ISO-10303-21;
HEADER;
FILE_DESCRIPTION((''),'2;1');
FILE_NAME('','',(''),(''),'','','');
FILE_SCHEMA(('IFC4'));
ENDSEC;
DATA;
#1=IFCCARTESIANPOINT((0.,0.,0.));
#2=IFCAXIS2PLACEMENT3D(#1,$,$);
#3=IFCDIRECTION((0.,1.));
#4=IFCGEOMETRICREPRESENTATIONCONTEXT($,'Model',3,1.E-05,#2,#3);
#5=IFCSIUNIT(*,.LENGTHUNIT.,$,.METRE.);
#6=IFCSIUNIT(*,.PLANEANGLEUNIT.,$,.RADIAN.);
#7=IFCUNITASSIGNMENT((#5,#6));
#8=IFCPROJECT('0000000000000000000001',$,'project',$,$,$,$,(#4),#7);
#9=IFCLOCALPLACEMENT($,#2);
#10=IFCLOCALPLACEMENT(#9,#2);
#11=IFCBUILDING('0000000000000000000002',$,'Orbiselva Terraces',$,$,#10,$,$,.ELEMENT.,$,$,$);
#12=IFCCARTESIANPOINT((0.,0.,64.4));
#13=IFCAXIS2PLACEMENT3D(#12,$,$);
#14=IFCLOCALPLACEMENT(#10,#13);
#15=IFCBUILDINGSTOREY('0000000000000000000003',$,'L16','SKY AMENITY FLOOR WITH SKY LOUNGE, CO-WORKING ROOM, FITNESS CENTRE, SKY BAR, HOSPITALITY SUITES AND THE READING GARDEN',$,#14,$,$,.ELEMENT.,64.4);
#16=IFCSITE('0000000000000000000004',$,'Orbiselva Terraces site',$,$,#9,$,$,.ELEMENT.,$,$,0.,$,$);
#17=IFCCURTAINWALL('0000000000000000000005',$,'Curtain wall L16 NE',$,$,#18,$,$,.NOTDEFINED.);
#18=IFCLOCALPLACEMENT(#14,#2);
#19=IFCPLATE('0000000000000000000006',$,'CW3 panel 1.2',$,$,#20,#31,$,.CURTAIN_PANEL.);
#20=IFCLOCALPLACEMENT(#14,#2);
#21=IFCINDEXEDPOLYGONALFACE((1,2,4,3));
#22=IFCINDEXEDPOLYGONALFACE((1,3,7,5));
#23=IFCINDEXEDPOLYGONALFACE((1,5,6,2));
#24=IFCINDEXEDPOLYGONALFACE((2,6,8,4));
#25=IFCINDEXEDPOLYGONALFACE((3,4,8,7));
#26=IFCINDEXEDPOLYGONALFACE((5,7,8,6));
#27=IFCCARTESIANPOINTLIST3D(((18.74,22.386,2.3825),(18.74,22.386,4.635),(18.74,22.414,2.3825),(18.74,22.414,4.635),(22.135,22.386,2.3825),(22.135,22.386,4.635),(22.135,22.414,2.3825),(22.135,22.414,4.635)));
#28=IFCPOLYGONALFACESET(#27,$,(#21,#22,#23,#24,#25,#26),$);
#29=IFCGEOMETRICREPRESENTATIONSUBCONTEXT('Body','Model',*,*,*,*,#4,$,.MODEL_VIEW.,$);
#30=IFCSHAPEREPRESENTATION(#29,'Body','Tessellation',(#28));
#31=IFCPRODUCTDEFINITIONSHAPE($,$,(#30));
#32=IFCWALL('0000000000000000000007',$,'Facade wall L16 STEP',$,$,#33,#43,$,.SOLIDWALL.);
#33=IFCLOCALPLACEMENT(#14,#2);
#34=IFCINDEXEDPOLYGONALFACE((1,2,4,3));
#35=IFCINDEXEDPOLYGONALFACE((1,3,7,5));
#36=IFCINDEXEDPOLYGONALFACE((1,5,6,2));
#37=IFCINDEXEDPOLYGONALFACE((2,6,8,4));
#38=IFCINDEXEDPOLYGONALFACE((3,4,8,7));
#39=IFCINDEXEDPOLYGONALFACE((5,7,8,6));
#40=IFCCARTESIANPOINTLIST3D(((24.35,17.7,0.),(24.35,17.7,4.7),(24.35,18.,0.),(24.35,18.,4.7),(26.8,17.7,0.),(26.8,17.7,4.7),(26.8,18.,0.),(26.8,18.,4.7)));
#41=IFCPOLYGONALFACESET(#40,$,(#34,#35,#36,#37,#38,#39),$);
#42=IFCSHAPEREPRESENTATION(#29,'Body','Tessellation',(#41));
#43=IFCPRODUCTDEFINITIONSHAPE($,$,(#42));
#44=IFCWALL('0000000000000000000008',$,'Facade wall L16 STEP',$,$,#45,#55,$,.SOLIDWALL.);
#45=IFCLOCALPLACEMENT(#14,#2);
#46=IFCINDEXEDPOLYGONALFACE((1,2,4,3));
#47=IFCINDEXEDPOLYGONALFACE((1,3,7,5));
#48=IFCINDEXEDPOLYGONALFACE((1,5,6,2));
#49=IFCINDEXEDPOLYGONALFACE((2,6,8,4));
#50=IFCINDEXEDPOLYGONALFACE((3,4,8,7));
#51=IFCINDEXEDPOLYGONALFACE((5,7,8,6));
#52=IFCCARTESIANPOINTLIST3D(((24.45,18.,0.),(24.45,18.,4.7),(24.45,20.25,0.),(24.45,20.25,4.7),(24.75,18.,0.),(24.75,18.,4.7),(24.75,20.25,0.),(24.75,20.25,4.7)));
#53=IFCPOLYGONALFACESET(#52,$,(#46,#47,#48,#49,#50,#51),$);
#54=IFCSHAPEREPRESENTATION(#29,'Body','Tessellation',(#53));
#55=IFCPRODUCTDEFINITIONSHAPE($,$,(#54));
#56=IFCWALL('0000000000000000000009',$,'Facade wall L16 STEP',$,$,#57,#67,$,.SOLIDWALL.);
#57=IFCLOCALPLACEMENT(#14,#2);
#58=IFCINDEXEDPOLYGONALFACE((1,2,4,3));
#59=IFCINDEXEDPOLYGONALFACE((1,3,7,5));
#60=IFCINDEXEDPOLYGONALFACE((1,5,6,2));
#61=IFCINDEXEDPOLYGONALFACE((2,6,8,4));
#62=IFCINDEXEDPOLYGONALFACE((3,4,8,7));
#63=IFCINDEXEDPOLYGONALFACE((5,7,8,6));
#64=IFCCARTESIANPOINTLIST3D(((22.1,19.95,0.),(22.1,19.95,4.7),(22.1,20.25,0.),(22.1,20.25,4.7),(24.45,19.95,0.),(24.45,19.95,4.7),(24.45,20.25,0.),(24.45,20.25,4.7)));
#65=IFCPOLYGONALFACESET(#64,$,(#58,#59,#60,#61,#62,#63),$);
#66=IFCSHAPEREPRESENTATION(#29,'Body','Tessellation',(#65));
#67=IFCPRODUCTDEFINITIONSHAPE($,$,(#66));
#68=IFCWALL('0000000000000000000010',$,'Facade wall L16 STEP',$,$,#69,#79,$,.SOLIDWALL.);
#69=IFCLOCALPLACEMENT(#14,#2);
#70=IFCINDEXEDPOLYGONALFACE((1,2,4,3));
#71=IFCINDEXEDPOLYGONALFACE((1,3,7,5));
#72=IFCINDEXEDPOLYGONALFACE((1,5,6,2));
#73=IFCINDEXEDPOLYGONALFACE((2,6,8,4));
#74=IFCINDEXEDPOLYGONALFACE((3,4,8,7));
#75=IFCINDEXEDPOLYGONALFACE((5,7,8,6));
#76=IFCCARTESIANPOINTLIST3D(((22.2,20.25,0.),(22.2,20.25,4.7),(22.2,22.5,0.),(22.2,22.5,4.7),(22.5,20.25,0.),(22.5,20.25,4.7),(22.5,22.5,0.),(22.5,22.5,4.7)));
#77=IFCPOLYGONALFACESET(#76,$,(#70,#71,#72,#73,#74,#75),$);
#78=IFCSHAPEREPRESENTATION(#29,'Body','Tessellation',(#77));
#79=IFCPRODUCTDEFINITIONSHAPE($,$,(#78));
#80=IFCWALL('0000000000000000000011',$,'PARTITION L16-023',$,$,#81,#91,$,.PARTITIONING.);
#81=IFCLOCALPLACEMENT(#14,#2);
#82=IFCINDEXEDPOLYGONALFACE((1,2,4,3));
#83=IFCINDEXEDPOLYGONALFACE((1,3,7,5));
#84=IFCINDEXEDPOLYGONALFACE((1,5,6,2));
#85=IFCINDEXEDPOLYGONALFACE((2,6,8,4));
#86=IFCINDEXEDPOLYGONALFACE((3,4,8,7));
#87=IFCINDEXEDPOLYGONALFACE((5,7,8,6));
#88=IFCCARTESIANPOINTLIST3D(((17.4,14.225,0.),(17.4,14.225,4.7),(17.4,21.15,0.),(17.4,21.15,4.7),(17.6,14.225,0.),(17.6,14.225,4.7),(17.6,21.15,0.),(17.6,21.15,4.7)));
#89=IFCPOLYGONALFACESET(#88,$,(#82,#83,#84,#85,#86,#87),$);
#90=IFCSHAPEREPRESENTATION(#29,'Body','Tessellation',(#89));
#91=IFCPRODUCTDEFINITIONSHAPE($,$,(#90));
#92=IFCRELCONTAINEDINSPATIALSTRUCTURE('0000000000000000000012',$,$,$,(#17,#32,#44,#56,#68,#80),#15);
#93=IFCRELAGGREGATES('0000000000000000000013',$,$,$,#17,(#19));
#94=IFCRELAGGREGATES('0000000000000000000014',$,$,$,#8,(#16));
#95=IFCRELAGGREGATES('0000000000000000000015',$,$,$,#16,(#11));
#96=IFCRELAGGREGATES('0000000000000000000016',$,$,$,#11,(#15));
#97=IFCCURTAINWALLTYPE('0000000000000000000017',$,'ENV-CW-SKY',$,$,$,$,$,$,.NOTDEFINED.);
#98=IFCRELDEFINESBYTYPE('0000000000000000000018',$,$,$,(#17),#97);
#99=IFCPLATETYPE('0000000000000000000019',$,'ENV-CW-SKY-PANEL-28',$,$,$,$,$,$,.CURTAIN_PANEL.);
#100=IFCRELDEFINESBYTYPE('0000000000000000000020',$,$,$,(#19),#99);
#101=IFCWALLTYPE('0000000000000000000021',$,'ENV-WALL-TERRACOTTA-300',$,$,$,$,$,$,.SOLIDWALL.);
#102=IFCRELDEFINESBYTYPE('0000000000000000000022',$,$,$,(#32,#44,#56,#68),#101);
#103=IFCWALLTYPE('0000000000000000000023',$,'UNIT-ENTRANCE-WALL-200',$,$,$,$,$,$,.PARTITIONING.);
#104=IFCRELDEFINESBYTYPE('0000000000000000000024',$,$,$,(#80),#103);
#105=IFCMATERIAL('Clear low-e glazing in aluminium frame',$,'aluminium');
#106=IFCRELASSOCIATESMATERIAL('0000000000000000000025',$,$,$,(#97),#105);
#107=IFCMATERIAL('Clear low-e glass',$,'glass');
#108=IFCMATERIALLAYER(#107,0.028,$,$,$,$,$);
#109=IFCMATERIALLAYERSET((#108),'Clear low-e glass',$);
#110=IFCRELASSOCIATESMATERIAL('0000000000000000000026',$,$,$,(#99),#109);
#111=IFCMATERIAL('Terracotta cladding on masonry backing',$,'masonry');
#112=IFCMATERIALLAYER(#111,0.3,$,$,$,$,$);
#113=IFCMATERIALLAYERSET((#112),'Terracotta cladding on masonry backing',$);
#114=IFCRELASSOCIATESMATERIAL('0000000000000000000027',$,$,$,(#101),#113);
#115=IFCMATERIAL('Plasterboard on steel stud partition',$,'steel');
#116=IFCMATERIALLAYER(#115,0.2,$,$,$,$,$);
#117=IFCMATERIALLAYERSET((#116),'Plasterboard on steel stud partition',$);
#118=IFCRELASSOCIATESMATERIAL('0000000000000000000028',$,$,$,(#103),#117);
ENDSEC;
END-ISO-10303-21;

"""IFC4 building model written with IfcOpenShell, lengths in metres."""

from ifc_helpers import new_model, si_unit, direction, frame, frame_2d, origin, origin_2d, place, context, subcontext, project, spatial, rectangle, extrude, material, layer, layer_set, type_object, element, aggregate, save


model = new_model("IFC4")

# Units and contexts
model_context = context("Model", 3, precision=1e-05, world=origin(), true_north=direction((0.0, 1.0)))
body_context = subcontext(model_context, "Body", "Model", "MODEL_VIEW")
ifc_project = project(units=[si_unit("LENGTHUNIT", "METRE"), si_unit("PLANEANGLEUNIT", "RADIAN")], contexts=[model_context])

# Site, building, storey
site_placement = place(None, origin())
site = spatial("IfcSite", under=ifc_project, at=site_placement, Name="Orbiselva Terraces site", CompositionType="ELEMENT", RefElevation=0.0)
building_placement = place(site_placement, origin())
building = spatial("IfcBuilding", under=site, at=building_placement, Name="Orbiselva Terraces", CompositionType="ELEMENT")
storey_placement = place(building_placement, frame((0.0, 0.0, 64.4)))
storey = spatial("IfcBuildingStorey", under=building, at=storey_placement, Name="L16", Description="SKY AMENITY FLOOR WITH SKY LOUNGE, CO-WORKING ROOM, FITNESS CENTRE, SKY BAR, HOSPITALITY SUITES AND THE READING GARDEN", CompositionType="ELEMENT", Elevation=64.4)

# Shared definitions
ifc_material_1 = material(Name="Clear low-e glazing in aluminium frame", Category="aluminium")
curtain_wall_type = type_object("IfcCurtainWallType", Name="ENV-CW-SKY", PredefinedType="NOTDEFINED", material=ifc_material_1)

# Curtain wall
curtain_wall_1_placement = place(storey_placement, origin())
curtain_wall_1 = element("IfcCurtainWall", 1, at=curtain_wall_1_placement, inside=storey, type_object=curtain_wall_type, Name="Curtain wall L16 NE", PredefinedType="NOTDEFINED")

# Plate
ifc_material_2 = material(Name="Clear low-e glass", Category="glass")
ifc_layer_1 = layer(ifc_material_2, 0.028)
ifc_layer_set_1 = layer_set([ifc_layer_1], Name="Clear low-e glass")
plate_type = type_object("IfcPlateType", Name="ENV-CW-SKY-PANEL-28", PredefinedType="CURTAIN_PANEL", material=ifc_layer_set_1)
plate_1_placement = place(storey_placement, frame((20.4375, 22.4, 2.3825), z_axis=(0.0, 0.0, 1.0), x_axis=(-1.0, 0.0, 0.0)))
plate_1 = element("IfcPlate", 2, at=plate_1_placement, type_object=plate_type, Name="CW3 panel 1.2", PredefinedType="CURTAIN_PANEL", context=body_context, shape_type="SweptSolid", body=[
    extrude(rectangle(XDim=3.395, YDim=0.028, at=origin_2d()), origin(), (0.0, 0.0, 1.0), 2.2525),
])
aggregate(curtain_wall_1, [plate_1])

# Walls
ifc_material_3 = material(Name="Terracotta cladding on masonry backing", Category="masonry")
ifc_layer_2 = layer(ifc_material_3, 0.3)
ifc_layer_set_2 = layer_set([ifc_layer_2], Name="Terracotta cladding on masonry backing")
wall_type_1 = type_object("IfcWallType", Name="ENV-WALL-TERRACOTTA-300", PredefinedType="SOLIDWALL", material=ifc_layer_set_2)
wall_1_placement = place(storey_placement, frame((24.35, 17.85, 0.0), z_axis=(0.0, 0.0, 1.0), x_axis=(1.0, 0.0, 0.0)))
element("IfcWall", 3, at=wall_1_placement, inside=storey, type_object=wall_type_1, Name="Facade wall L16 STEP", PredefinedType="SOLIDWALL", context=body_context, shape_type="SweptSolid", body=[
    extrude(rectangle(XDim=2.45, YDim=0.3, at=frame_2d((1.225, 0.0))), origin(), (0.0, 0.0, 1.0), 4.7),
])
wall_2_placement = place(storey_placement, frame((24.6, 20.25, 0.0), z_axis=(0.0, 0.0, 1.0), x_axis=(0.0, -1.0, 0.0)))
element("IfcWall", 4, at=wall_2_placement, inside=storey, type_object=wall_type_1, Name="Facade wall L16 STEP", PredefinedType="SOLIDWALL", context=body_context, shape_type="SweptSolid", body=[
    extrude(rectangle(XDim=2.25, YDim=0.3, at=frame_2d((1.125, 0.0))), origin(), (0.0, 0.0, 1.0), 4.7),
])
wall_3_placement = place(storey_placement, frame((22.1, 20.1, 0.0), z_axis=(0.0, 0.0, 1.0), x_axis=(1.0, 0.0, 0.0)))
element("IfcWall", 5, at=wall_3_placement, inside=storey, type_object=wall_type_1, Name="Facade wall L16 STEP", PredefinedType="SOLIDWALL", context=body_context, shape_type="SweptSolid", body=[
    extrude(rectangle(XDim=2.35, YDim=0.3, at=frame_2d((1.175, 0.0))), origin(), (0.0, 0.0, 1.0), 4.7),
])
wall_4_placement = place(storey_placement, frame((22.35, 22.5, 0.0), z_axis=(0.0, 0.0, 1.0), x_axis=(0.0, -1.0, 0.0)))
element("IfcWall", 6, at=wall_4_placement, inside=storey, type_object=wall_type_1, Name="Facade wall L16 STEP", PredefinedType="SOLIDWALL", context=body_context, shape_type="SweptSolid", body=[
    extrude(rectangle(XDim=2.25, YDim=0.3, at=frame_2d((1.125, 0.0))), origin(), (0.0, 0.0, 1.0), 4.7),
])
ifc_material_4 = material(Name="Plasterboard on steel stud partition", Category="steel")
ifc_layer_3 = layer(ifc_material_4, 0.2)
ifc_layer_set_3 = layer_set([ifc_layer_3], Name="Plasterboard on steel stud partition")
wall_type_2 = type_object("IfcWallType", Name="UNIT-ENTRANCE-WALL-200", PredefinedType="PARTITIONING", material=ifc_layer_set_3)
wall_5_placement = place(storey_placement, frame((17.5, 14.225, 0.0), z_axis=(0.0, 0.0, 1.0), x_axis=(0.0, 1.0, 0.0)))
element("IfcWall", 7, at=wall_5_placement, inside=storey, type_object=wall_type_2, Name="PARTITION L16-023", PredefinedType="PARTITIONING", context=body_context, shape_type="SweptSolid", body=[
    extrude(rectangle(XDim=6.925, YDim=0.2, at=frame_2d((3.4625, 0.0))), origin(), (0.0, 0.0, 1.0), 4.7),
])

save(model, "model.ifc")
